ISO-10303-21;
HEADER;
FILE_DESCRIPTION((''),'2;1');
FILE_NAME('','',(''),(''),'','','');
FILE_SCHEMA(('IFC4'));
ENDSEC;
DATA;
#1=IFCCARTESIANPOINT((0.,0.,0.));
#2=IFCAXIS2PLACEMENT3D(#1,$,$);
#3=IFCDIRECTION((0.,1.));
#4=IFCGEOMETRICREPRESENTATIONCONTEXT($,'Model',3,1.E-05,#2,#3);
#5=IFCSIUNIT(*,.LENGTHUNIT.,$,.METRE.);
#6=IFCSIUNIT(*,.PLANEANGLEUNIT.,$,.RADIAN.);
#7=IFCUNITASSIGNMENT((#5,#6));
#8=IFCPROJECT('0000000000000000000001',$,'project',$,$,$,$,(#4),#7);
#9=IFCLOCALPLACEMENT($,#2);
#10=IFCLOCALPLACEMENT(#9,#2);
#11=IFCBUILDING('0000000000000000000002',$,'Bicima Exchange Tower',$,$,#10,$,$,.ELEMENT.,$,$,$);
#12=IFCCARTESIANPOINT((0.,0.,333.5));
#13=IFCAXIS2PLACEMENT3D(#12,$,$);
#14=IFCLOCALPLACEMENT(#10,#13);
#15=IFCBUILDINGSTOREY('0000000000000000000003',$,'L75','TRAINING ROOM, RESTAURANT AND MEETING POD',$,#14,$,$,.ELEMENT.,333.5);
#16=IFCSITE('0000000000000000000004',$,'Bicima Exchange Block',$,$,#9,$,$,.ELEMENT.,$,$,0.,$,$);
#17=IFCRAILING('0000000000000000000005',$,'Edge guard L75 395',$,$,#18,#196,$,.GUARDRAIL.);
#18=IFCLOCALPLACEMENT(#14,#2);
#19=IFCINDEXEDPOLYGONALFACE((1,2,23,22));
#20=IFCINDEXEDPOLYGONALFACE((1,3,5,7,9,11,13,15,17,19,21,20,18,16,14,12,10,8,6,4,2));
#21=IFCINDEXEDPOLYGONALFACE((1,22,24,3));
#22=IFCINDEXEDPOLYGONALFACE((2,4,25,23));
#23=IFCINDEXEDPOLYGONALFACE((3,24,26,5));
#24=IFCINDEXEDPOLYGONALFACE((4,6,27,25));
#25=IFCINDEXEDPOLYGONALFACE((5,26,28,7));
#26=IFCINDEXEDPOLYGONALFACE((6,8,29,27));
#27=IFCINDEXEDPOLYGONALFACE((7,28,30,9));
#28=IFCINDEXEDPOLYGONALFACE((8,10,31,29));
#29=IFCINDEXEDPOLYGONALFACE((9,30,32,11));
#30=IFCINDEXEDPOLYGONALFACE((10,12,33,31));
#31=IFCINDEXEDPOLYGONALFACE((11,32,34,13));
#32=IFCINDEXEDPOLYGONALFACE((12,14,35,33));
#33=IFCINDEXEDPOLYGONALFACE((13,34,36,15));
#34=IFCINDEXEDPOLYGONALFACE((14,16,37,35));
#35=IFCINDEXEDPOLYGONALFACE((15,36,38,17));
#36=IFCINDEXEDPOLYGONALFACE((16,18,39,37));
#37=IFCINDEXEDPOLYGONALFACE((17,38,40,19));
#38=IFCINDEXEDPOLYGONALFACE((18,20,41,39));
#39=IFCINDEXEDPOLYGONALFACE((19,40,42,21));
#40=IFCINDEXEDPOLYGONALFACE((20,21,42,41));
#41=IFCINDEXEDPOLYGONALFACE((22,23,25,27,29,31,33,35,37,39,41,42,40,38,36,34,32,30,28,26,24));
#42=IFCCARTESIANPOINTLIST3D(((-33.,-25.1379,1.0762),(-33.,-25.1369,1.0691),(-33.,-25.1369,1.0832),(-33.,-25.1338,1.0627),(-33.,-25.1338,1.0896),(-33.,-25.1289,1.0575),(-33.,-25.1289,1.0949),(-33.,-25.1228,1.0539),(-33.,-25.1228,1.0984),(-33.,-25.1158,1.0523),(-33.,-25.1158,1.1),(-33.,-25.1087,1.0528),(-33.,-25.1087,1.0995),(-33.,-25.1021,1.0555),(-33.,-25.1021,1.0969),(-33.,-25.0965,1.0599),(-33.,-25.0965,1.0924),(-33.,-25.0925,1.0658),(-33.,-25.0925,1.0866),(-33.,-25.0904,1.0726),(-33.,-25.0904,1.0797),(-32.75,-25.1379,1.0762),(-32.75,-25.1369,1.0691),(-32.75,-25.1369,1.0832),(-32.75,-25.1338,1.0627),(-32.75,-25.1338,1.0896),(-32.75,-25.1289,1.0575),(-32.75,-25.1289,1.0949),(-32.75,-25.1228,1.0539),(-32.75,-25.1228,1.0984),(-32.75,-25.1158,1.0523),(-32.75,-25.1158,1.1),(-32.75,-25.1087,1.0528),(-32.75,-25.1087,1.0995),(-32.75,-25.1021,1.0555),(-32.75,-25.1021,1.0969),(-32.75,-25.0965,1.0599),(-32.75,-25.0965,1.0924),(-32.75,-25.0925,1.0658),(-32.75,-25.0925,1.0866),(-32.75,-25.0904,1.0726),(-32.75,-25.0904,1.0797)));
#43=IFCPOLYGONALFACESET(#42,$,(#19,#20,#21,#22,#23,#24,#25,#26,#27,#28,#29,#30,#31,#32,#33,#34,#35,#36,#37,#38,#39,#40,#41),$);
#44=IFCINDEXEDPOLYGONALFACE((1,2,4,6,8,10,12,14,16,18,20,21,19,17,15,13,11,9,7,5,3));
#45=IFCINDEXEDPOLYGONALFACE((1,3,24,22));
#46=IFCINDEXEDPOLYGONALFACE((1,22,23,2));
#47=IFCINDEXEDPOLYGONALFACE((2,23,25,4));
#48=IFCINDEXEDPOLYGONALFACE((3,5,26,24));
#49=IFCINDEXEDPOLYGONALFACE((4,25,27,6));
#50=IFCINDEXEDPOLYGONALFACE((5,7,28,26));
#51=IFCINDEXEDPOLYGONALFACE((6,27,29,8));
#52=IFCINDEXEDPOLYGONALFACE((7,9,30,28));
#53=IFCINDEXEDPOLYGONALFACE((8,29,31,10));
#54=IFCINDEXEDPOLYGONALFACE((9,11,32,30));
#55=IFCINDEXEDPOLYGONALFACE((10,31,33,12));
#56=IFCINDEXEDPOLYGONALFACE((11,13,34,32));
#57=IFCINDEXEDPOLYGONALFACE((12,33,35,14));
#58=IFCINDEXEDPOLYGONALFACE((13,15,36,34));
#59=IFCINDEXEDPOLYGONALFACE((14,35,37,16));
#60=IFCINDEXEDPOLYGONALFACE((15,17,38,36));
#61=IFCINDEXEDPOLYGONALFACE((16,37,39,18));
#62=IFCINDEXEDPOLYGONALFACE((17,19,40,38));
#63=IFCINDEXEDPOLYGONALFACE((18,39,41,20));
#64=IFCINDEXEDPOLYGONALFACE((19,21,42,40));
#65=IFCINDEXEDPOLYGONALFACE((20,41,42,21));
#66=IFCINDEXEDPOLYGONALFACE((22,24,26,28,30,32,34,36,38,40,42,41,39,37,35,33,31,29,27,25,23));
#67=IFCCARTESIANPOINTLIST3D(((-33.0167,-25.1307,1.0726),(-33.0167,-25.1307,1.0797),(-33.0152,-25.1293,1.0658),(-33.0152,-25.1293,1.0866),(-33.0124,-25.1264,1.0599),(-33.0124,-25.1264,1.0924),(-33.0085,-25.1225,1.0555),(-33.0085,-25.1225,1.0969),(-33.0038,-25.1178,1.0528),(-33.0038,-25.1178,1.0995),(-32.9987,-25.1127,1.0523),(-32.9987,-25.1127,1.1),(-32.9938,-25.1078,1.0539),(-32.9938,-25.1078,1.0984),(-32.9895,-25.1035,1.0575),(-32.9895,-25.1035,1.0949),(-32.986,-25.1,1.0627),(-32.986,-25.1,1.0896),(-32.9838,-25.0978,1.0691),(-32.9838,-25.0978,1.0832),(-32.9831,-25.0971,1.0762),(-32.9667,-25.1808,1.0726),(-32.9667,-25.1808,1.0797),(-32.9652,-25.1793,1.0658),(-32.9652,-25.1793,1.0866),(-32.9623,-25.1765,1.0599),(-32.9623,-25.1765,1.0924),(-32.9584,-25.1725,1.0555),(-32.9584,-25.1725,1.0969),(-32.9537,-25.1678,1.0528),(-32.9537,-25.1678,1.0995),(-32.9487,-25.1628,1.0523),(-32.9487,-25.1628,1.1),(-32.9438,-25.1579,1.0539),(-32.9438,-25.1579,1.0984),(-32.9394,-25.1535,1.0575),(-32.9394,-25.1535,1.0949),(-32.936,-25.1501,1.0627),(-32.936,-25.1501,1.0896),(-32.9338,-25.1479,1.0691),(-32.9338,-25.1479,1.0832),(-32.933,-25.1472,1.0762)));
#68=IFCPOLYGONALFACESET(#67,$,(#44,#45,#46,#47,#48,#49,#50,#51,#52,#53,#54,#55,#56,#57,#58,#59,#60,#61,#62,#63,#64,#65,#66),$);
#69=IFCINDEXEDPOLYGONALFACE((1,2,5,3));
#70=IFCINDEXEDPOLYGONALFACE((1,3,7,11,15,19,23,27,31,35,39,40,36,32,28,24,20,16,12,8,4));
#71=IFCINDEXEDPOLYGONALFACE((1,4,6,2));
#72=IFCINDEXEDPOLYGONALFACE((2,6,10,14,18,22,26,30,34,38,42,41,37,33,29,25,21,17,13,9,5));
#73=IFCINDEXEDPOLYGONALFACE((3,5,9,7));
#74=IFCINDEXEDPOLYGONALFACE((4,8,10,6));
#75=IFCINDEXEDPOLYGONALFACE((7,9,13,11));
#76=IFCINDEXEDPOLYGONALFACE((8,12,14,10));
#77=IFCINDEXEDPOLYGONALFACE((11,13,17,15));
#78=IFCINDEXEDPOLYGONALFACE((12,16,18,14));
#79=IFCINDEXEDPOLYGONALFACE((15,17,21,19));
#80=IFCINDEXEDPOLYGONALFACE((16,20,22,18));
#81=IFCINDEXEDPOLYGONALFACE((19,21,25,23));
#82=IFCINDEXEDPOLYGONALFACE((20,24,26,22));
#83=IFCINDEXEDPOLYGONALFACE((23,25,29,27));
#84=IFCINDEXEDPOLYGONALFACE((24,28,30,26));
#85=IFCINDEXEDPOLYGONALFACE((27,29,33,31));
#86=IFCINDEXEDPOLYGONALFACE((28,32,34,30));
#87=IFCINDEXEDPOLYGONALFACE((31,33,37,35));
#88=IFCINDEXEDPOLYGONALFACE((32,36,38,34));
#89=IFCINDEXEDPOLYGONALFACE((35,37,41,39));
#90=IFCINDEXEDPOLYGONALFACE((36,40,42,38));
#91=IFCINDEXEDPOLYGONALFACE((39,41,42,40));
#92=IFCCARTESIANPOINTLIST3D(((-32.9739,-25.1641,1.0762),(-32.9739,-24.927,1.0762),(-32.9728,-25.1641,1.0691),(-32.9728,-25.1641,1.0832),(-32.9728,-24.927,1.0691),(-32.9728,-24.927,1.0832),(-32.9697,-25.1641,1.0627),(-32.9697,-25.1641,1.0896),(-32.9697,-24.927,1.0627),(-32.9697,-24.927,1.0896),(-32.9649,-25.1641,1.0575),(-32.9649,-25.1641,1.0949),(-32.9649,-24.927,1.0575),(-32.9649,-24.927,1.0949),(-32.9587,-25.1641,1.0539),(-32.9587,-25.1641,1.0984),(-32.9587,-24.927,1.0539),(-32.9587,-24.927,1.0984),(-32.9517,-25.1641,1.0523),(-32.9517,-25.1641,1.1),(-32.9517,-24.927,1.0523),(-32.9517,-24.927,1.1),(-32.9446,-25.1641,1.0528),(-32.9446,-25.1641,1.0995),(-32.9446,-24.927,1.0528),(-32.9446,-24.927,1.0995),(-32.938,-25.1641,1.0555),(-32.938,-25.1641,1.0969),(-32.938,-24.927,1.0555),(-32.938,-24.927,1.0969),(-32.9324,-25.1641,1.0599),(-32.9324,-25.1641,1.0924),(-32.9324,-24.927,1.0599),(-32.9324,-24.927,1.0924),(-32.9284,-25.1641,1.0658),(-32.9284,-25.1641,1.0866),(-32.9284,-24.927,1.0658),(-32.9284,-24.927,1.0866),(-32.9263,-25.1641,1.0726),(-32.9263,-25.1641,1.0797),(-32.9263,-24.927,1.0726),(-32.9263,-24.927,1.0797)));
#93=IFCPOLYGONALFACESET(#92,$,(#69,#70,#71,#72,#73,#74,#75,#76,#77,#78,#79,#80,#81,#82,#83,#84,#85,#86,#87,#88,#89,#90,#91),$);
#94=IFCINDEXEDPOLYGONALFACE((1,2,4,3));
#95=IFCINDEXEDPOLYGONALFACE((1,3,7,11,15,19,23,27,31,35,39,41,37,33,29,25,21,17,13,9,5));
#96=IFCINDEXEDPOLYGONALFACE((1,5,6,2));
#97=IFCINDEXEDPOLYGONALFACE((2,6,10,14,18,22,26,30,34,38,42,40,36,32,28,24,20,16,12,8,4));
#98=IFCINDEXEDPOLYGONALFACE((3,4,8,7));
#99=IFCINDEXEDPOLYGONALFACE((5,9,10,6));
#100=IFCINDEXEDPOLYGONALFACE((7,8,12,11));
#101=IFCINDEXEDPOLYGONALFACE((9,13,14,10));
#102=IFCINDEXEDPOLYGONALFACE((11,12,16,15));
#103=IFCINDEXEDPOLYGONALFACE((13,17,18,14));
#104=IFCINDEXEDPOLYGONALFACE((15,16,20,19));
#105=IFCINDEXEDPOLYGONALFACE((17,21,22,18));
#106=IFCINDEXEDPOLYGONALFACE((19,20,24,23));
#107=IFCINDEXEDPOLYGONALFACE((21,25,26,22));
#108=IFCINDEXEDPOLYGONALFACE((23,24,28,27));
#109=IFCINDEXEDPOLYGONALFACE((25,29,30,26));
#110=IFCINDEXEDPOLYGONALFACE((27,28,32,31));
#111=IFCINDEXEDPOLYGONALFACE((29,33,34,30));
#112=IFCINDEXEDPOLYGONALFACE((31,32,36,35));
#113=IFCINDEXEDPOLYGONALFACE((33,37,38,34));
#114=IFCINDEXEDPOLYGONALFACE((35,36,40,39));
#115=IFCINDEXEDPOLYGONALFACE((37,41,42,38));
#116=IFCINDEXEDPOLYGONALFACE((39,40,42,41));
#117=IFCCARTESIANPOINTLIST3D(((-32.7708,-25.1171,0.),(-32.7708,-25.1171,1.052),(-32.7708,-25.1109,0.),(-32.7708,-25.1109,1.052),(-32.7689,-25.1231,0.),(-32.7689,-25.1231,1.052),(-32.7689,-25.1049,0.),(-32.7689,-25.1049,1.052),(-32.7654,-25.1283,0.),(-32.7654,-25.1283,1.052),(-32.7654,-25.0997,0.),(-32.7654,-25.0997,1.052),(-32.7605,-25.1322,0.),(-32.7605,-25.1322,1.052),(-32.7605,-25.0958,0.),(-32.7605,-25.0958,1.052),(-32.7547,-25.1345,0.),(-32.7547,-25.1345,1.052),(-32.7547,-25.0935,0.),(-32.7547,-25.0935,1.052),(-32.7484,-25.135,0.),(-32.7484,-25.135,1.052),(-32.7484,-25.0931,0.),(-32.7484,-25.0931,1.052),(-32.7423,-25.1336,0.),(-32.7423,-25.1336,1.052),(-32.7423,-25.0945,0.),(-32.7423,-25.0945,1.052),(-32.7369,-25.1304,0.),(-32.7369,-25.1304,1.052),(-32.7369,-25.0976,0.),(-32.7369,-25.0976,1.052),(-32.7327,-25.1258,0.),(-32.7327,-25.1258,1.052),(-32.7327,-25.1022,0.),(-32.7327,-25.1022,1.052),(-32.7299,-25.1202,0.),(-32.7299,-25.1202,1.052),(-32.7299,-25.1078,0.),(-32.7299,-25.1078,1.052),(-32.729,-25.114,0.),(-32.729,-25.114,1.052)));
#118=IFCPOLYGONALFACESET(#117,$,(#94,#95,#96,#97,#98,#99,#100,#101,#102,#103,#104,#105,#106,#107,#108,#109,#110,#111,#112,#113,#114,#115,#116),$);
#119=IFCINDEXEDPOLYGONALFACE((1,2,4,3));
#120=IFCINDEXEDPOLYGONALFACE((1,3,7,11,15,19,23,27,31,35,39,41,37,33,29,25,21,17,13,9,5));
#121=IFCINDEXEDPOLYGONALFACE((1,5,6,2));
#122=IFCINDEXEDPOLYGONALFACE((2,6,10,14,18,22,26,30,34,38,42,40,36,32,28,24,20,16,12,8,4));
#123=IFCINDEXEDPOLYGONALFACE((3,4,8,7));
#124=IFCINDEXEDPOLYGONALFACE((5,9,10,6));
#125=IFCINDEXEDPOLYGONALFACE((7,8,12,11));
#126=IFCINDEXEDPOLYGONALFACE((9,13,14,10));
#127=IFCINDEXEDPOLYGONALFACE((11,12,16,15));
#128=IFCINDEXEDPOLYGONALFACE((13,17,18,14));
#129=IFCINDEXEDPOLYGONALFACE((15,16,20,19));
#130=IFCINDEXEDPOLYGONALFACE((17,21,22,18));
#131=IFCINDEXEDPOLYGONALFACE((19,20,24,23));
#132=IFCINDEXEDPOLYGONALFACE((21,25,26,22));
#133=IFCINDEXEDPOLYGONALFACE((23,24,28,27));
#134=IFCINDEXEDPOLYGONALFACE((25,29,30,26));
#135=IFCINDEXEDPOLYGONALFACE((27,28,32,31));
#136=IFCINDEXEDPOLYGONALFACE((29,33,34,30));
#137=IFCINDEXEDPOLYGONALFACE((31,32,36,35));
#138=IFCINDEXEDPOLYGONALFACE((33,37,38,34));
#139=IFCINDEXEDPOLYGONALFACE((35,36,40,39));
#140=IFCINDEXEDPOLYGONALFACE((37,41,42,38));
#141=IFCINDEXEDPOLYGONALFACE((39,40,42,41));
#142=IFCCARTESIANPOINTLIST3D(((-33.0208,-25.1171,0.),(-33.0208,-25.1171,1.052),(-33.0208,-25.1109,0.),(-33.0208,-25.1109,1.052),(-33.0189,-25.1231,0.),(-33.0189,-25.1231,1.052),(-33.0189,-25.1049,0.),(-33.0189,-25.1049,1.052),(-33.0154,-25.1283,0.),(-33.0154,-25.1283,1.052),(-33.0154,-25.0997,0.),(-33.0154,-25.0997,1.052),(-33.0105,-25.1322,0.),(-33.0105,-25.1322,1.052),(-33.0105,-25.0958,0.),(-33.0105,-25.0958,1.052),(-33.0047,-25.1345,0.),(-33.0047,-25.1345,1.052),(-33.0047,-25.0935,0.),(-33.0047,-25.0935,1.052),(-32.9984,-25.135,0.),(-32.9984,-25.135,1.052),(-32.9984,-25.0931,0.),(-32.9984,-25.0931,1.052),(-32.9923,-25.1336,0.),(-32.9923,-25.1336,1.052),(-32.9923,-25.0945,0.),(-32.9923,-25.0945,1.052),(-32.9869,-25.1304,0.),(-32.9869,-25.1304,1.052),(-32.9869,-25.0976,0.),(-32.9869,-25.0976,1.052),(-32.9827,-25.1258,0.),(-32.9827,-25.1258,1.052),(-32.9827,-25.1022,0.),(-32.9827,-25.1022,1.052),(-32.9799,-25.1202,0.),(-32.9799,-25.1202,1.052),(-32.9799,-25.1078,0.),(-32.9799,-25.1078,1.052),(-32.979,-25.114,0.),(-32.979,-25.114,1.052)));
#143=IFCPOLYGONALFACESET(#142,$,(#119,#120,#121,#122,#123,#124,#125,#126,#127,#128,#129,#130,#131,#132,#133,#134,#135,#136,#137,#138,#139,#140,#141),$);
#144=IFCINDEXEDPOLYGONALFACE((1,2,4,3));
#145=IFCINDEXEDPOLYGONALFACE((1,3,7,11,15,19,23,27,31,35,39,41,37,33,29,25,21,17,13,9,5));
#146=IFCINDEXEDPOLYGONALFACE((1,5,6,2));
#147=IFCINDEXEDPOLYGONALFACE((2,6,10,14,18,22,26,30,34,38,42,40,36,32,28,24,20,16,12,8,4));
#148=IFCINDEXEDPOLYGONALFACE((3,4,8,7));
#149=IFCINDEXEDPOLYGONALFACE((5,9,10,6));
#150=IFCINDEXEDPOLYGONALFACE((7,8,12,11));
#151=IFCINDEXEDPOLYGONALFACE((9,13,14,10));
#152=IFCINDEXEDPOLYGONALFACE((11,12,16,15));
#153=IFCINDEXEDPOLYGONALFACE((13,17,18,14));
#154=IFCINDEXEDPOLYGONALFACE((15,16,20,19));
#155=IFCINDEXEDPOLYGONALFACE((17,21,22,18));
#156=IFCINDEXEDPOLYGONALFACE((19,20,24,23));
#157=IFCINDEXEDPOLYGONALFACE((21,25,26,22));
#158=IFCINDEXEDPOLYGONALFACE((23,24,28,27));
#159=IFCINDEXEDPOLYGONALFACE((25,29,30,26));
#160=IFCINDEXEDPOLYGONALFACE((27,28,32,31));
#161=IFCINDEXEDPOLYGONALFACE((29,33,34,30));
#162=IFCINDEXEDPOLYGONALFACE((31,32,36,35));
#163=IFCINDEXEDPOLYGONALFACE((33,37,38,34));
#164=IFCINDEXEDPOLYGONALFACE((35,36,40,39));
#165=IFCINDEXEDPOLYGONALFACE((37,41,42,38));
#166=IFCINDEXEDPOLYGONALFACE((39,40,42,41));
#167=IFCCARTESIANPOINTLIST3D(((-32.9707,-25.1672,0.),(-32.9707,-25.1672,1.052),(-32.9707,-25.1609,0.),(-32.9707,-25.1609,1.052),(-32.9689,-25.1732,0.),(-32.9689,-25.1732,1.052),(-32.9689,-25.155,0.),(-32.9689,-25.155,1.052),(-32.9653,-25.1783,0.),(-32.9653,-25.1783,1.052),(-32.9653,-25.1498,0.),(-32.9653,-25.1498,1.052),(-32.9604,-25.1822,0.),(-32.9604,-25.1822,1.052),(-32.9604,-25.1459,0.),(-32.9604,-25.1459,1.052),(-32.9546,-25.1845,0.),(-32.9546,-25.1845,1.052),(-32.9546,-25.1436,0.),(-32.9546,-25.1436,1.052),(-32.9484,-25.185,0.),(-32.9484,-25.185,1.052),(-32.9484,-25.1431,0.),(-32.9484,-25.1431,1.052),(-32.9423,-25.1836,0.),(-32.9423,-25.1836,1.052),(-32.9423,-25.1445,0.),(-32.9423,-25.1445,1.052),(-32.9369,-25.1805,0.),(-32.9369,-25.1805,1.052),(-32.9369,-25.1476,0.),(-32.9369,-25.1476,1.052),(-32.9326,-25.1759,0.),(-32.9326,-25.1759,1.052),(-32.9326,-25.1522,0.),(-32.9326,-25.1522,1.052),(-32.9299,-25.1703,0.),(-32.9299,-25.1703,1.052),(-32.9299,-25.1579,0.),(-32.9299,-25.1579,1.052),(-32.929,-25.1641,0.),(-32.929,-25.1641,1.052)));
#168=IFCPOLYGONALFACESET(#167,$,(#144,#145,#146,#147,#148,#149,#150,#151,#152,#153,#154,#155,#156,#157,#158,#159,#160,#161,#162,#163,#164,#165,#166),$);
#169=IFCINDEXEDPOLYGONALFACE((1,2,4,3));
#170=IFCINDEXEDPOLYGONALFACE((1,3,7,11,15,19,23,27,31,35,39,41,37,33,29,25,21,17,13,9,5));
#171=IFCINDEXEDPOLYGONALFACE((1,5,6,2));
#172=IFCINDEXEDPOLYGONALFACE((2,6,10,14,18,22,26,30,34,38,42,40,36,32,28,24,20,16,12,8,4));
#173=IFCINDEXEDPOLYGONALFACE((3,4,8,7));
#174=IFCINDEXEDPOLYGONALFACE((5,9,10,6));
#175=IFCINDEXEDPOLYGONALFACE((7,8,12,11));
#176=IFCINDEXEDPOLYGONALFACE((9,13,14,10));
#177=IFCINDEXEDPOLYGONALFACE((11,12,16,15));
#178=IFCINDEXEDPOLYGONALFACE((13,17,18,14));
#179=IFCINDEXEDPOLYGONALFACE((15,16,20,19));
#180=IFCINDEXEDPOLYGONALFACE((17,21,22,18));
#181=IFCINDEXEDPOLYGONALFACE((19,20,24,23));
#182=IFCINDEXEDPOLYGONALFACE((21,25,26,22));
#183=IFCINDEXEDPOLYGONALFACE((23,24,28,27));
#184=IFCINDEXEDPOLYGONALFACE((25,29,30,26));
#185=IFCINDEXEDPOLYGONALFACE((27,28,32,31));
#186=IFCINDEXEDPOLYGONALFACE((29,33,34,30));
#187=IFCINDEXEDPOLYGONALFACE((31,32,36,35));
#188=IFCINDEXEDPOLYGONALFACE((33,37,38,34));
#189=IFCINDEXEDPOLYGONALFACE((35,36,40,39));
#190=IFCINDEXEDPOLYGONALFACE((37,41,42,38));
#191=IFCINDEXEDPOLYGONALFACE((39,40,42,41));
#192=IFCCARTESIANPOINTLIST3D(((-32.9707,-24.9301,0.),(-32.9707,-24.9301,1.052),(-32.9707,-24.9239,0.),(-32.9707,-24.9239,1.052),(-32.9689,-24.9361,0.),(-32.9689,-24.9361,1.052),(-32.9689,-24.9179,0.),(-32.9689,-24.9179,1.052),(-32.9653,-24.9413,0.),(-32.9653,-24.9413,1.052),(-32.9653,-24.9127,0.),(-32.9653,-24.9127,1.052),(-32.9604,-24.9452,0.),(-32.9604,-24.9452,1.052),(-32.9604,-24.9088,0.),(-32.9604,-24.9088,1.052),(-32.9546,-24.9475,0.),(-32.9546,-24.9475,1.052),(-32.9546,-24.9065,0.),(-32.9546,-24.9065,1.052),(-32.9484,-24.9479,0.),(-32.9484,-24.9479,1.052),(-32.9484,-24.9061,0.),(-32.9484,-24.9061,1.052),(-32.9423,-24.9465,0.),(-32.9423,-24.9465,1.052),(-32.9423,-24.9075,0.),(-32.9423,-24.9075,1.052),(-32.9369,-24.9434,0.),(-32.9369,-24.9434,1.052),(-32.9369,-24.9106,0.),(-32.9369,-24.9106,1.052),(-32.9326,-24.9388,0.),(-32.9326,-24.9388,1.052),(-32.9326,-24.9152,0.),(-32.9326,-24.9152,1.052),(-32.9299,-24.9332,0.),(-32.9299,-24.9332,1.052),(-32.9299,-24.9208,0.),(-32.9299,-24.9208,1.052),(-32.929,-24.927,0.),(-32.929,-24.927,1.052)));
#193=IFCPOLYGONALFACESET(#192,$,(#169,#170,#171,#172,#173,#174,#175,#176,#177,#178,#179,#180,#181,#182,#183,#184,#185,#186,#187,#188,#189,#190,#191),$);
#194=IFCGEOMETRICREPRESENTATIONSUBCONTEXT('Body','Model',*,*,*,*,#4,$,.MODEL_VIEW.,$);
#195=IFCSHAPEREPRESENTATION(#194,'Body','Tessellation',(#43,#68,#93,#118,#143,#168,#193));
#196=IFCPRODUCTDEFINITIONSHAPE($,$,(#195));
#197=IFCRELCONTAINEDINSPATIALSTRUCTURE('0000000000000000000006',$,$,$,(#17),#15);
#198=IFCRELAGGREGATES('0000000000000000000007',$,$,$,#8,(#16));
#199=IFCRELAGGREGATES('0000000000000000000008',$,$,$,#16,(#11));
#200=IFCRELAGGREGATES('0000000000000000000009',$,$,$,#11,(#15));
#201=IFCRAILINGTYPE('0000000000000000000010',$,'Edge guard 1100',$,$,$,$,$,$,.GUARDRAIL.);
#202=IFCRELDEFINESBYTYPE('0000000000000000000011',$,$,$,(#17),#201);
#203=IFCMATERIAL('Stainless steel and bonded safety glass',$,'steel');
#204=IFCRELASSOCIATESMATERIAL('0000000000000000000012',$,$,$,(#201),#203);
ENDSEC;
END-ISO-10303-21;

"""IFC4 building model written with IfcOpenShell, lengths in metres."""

from ifc_helpers import new_model, si_unit, direction, frame, origin, origin_2d, place, context, subcontext, project, spatial, circle, extrude, material, type_object, element, save


model = new_model("IFC4")

# Units and contexts
model_context = context("Model", 3, precision=1e-05, world=origin(), true_north=direction((0.0, 1.0)))
body_context = subcontext(model_context, "Body", "Model", "MODEL_VIEW")
ifc_project = project(units=[si_unit("LENGTHUNIT", "METRE"), si_unit("PLANEANGLEUNIT", "RADIAN")], contexts=[model_context])

# Site, building, storey
site_placement = place(None, origin())
site = spatial("IfcSite", under=ifc_project, at=site_placement, Name="Bicima Exchange Block", CompositionType="ELEMENT", RefElevation=0.0)
building_placement = place(site_placement, origin())
building = spatial("IfcBuilding", under=site, at=building_placement, Name="Bicima Exchange Tower", CompositionType="ELEMENT")
storey_placement = place(building_placement, frame((0.0, 0.0, 333.5)))
storey = spatial("IfcBuildingStorey", under=building, at=storey_placement, Name="L75", Description="TRAINING ROOM, RESTAURANT AND MEETING POD", CompositionType="ELEMENT", Elevation=333.5)

# Railing
ifc_material_1 = material(Name="Stainless steel and bonded safety glass", Category="steel")
railing_type = type_object("IfcRailingType", Name="Edge guard 1100", PredefinedType="GUARDRAIL", material=ifc_material_1)
railing_placement = place(storey_placement, frame((-32.75, -25.114, 0.0)))
element("IfcRailing", 1, at=railing_placement, inside=storey, type_object=railing_type, Name="Edge guard L75 395", PredefinedType="GUARDRAIL", context=body_context, shape_type="SweptSolid", body=[
    extrude(circle(Radius=0.0239, at=origin_2d()), frame((0.0, 0.0, 1.0762), z_axis=(-1.0, 0.0, 0.0), x_axis=(0.0, -1.0, 0.0)), (0.0, 0.0, 1.0), 0.25),
    extrude(circle(Radius=0.0239, at=origin_2d()), frame((-0.25, 0.0, 1.0762), z_axis=(0.707107, -0.707107, 0.0), x_axis=(0.707107, 0.707107, 0.0)), (0.0, 0.0, 1.0), 0.0708),
    extrude(circle(Radius=0.0239, at=origin_2d()), frame((-0.2, -0.05, 1.0762), z_axis=(0.0, 1.0, 0.0), x_axis=(-1.0, 0.0, 0.0)), (0.0, 0.0, 1.0), 0.2371),
    extrude(circle(Radius=0.021, at=origin_2d()), origin(), (0.0, 0.0, 1.0), 1.052),
    extrude(circle(Radius=0.021, at=origin_2d()), frame((-0.25, 0.0, 0.0)), (0.0, 0.0, 1.0), 1.052),
    extrude(circle(Radius=0.021, at=origin_2d()), frame((-0.2, -0.05, 0.0)), (0.0, 0.0, 1.0), 1.052),
    extrude(circle(Radius=0.021, at=origin_2d()), frame((-0.2, 0.187, 0.0)), (0.0, 0.0, 1.0), 1.052),
])

save(model, "model.ifc")
